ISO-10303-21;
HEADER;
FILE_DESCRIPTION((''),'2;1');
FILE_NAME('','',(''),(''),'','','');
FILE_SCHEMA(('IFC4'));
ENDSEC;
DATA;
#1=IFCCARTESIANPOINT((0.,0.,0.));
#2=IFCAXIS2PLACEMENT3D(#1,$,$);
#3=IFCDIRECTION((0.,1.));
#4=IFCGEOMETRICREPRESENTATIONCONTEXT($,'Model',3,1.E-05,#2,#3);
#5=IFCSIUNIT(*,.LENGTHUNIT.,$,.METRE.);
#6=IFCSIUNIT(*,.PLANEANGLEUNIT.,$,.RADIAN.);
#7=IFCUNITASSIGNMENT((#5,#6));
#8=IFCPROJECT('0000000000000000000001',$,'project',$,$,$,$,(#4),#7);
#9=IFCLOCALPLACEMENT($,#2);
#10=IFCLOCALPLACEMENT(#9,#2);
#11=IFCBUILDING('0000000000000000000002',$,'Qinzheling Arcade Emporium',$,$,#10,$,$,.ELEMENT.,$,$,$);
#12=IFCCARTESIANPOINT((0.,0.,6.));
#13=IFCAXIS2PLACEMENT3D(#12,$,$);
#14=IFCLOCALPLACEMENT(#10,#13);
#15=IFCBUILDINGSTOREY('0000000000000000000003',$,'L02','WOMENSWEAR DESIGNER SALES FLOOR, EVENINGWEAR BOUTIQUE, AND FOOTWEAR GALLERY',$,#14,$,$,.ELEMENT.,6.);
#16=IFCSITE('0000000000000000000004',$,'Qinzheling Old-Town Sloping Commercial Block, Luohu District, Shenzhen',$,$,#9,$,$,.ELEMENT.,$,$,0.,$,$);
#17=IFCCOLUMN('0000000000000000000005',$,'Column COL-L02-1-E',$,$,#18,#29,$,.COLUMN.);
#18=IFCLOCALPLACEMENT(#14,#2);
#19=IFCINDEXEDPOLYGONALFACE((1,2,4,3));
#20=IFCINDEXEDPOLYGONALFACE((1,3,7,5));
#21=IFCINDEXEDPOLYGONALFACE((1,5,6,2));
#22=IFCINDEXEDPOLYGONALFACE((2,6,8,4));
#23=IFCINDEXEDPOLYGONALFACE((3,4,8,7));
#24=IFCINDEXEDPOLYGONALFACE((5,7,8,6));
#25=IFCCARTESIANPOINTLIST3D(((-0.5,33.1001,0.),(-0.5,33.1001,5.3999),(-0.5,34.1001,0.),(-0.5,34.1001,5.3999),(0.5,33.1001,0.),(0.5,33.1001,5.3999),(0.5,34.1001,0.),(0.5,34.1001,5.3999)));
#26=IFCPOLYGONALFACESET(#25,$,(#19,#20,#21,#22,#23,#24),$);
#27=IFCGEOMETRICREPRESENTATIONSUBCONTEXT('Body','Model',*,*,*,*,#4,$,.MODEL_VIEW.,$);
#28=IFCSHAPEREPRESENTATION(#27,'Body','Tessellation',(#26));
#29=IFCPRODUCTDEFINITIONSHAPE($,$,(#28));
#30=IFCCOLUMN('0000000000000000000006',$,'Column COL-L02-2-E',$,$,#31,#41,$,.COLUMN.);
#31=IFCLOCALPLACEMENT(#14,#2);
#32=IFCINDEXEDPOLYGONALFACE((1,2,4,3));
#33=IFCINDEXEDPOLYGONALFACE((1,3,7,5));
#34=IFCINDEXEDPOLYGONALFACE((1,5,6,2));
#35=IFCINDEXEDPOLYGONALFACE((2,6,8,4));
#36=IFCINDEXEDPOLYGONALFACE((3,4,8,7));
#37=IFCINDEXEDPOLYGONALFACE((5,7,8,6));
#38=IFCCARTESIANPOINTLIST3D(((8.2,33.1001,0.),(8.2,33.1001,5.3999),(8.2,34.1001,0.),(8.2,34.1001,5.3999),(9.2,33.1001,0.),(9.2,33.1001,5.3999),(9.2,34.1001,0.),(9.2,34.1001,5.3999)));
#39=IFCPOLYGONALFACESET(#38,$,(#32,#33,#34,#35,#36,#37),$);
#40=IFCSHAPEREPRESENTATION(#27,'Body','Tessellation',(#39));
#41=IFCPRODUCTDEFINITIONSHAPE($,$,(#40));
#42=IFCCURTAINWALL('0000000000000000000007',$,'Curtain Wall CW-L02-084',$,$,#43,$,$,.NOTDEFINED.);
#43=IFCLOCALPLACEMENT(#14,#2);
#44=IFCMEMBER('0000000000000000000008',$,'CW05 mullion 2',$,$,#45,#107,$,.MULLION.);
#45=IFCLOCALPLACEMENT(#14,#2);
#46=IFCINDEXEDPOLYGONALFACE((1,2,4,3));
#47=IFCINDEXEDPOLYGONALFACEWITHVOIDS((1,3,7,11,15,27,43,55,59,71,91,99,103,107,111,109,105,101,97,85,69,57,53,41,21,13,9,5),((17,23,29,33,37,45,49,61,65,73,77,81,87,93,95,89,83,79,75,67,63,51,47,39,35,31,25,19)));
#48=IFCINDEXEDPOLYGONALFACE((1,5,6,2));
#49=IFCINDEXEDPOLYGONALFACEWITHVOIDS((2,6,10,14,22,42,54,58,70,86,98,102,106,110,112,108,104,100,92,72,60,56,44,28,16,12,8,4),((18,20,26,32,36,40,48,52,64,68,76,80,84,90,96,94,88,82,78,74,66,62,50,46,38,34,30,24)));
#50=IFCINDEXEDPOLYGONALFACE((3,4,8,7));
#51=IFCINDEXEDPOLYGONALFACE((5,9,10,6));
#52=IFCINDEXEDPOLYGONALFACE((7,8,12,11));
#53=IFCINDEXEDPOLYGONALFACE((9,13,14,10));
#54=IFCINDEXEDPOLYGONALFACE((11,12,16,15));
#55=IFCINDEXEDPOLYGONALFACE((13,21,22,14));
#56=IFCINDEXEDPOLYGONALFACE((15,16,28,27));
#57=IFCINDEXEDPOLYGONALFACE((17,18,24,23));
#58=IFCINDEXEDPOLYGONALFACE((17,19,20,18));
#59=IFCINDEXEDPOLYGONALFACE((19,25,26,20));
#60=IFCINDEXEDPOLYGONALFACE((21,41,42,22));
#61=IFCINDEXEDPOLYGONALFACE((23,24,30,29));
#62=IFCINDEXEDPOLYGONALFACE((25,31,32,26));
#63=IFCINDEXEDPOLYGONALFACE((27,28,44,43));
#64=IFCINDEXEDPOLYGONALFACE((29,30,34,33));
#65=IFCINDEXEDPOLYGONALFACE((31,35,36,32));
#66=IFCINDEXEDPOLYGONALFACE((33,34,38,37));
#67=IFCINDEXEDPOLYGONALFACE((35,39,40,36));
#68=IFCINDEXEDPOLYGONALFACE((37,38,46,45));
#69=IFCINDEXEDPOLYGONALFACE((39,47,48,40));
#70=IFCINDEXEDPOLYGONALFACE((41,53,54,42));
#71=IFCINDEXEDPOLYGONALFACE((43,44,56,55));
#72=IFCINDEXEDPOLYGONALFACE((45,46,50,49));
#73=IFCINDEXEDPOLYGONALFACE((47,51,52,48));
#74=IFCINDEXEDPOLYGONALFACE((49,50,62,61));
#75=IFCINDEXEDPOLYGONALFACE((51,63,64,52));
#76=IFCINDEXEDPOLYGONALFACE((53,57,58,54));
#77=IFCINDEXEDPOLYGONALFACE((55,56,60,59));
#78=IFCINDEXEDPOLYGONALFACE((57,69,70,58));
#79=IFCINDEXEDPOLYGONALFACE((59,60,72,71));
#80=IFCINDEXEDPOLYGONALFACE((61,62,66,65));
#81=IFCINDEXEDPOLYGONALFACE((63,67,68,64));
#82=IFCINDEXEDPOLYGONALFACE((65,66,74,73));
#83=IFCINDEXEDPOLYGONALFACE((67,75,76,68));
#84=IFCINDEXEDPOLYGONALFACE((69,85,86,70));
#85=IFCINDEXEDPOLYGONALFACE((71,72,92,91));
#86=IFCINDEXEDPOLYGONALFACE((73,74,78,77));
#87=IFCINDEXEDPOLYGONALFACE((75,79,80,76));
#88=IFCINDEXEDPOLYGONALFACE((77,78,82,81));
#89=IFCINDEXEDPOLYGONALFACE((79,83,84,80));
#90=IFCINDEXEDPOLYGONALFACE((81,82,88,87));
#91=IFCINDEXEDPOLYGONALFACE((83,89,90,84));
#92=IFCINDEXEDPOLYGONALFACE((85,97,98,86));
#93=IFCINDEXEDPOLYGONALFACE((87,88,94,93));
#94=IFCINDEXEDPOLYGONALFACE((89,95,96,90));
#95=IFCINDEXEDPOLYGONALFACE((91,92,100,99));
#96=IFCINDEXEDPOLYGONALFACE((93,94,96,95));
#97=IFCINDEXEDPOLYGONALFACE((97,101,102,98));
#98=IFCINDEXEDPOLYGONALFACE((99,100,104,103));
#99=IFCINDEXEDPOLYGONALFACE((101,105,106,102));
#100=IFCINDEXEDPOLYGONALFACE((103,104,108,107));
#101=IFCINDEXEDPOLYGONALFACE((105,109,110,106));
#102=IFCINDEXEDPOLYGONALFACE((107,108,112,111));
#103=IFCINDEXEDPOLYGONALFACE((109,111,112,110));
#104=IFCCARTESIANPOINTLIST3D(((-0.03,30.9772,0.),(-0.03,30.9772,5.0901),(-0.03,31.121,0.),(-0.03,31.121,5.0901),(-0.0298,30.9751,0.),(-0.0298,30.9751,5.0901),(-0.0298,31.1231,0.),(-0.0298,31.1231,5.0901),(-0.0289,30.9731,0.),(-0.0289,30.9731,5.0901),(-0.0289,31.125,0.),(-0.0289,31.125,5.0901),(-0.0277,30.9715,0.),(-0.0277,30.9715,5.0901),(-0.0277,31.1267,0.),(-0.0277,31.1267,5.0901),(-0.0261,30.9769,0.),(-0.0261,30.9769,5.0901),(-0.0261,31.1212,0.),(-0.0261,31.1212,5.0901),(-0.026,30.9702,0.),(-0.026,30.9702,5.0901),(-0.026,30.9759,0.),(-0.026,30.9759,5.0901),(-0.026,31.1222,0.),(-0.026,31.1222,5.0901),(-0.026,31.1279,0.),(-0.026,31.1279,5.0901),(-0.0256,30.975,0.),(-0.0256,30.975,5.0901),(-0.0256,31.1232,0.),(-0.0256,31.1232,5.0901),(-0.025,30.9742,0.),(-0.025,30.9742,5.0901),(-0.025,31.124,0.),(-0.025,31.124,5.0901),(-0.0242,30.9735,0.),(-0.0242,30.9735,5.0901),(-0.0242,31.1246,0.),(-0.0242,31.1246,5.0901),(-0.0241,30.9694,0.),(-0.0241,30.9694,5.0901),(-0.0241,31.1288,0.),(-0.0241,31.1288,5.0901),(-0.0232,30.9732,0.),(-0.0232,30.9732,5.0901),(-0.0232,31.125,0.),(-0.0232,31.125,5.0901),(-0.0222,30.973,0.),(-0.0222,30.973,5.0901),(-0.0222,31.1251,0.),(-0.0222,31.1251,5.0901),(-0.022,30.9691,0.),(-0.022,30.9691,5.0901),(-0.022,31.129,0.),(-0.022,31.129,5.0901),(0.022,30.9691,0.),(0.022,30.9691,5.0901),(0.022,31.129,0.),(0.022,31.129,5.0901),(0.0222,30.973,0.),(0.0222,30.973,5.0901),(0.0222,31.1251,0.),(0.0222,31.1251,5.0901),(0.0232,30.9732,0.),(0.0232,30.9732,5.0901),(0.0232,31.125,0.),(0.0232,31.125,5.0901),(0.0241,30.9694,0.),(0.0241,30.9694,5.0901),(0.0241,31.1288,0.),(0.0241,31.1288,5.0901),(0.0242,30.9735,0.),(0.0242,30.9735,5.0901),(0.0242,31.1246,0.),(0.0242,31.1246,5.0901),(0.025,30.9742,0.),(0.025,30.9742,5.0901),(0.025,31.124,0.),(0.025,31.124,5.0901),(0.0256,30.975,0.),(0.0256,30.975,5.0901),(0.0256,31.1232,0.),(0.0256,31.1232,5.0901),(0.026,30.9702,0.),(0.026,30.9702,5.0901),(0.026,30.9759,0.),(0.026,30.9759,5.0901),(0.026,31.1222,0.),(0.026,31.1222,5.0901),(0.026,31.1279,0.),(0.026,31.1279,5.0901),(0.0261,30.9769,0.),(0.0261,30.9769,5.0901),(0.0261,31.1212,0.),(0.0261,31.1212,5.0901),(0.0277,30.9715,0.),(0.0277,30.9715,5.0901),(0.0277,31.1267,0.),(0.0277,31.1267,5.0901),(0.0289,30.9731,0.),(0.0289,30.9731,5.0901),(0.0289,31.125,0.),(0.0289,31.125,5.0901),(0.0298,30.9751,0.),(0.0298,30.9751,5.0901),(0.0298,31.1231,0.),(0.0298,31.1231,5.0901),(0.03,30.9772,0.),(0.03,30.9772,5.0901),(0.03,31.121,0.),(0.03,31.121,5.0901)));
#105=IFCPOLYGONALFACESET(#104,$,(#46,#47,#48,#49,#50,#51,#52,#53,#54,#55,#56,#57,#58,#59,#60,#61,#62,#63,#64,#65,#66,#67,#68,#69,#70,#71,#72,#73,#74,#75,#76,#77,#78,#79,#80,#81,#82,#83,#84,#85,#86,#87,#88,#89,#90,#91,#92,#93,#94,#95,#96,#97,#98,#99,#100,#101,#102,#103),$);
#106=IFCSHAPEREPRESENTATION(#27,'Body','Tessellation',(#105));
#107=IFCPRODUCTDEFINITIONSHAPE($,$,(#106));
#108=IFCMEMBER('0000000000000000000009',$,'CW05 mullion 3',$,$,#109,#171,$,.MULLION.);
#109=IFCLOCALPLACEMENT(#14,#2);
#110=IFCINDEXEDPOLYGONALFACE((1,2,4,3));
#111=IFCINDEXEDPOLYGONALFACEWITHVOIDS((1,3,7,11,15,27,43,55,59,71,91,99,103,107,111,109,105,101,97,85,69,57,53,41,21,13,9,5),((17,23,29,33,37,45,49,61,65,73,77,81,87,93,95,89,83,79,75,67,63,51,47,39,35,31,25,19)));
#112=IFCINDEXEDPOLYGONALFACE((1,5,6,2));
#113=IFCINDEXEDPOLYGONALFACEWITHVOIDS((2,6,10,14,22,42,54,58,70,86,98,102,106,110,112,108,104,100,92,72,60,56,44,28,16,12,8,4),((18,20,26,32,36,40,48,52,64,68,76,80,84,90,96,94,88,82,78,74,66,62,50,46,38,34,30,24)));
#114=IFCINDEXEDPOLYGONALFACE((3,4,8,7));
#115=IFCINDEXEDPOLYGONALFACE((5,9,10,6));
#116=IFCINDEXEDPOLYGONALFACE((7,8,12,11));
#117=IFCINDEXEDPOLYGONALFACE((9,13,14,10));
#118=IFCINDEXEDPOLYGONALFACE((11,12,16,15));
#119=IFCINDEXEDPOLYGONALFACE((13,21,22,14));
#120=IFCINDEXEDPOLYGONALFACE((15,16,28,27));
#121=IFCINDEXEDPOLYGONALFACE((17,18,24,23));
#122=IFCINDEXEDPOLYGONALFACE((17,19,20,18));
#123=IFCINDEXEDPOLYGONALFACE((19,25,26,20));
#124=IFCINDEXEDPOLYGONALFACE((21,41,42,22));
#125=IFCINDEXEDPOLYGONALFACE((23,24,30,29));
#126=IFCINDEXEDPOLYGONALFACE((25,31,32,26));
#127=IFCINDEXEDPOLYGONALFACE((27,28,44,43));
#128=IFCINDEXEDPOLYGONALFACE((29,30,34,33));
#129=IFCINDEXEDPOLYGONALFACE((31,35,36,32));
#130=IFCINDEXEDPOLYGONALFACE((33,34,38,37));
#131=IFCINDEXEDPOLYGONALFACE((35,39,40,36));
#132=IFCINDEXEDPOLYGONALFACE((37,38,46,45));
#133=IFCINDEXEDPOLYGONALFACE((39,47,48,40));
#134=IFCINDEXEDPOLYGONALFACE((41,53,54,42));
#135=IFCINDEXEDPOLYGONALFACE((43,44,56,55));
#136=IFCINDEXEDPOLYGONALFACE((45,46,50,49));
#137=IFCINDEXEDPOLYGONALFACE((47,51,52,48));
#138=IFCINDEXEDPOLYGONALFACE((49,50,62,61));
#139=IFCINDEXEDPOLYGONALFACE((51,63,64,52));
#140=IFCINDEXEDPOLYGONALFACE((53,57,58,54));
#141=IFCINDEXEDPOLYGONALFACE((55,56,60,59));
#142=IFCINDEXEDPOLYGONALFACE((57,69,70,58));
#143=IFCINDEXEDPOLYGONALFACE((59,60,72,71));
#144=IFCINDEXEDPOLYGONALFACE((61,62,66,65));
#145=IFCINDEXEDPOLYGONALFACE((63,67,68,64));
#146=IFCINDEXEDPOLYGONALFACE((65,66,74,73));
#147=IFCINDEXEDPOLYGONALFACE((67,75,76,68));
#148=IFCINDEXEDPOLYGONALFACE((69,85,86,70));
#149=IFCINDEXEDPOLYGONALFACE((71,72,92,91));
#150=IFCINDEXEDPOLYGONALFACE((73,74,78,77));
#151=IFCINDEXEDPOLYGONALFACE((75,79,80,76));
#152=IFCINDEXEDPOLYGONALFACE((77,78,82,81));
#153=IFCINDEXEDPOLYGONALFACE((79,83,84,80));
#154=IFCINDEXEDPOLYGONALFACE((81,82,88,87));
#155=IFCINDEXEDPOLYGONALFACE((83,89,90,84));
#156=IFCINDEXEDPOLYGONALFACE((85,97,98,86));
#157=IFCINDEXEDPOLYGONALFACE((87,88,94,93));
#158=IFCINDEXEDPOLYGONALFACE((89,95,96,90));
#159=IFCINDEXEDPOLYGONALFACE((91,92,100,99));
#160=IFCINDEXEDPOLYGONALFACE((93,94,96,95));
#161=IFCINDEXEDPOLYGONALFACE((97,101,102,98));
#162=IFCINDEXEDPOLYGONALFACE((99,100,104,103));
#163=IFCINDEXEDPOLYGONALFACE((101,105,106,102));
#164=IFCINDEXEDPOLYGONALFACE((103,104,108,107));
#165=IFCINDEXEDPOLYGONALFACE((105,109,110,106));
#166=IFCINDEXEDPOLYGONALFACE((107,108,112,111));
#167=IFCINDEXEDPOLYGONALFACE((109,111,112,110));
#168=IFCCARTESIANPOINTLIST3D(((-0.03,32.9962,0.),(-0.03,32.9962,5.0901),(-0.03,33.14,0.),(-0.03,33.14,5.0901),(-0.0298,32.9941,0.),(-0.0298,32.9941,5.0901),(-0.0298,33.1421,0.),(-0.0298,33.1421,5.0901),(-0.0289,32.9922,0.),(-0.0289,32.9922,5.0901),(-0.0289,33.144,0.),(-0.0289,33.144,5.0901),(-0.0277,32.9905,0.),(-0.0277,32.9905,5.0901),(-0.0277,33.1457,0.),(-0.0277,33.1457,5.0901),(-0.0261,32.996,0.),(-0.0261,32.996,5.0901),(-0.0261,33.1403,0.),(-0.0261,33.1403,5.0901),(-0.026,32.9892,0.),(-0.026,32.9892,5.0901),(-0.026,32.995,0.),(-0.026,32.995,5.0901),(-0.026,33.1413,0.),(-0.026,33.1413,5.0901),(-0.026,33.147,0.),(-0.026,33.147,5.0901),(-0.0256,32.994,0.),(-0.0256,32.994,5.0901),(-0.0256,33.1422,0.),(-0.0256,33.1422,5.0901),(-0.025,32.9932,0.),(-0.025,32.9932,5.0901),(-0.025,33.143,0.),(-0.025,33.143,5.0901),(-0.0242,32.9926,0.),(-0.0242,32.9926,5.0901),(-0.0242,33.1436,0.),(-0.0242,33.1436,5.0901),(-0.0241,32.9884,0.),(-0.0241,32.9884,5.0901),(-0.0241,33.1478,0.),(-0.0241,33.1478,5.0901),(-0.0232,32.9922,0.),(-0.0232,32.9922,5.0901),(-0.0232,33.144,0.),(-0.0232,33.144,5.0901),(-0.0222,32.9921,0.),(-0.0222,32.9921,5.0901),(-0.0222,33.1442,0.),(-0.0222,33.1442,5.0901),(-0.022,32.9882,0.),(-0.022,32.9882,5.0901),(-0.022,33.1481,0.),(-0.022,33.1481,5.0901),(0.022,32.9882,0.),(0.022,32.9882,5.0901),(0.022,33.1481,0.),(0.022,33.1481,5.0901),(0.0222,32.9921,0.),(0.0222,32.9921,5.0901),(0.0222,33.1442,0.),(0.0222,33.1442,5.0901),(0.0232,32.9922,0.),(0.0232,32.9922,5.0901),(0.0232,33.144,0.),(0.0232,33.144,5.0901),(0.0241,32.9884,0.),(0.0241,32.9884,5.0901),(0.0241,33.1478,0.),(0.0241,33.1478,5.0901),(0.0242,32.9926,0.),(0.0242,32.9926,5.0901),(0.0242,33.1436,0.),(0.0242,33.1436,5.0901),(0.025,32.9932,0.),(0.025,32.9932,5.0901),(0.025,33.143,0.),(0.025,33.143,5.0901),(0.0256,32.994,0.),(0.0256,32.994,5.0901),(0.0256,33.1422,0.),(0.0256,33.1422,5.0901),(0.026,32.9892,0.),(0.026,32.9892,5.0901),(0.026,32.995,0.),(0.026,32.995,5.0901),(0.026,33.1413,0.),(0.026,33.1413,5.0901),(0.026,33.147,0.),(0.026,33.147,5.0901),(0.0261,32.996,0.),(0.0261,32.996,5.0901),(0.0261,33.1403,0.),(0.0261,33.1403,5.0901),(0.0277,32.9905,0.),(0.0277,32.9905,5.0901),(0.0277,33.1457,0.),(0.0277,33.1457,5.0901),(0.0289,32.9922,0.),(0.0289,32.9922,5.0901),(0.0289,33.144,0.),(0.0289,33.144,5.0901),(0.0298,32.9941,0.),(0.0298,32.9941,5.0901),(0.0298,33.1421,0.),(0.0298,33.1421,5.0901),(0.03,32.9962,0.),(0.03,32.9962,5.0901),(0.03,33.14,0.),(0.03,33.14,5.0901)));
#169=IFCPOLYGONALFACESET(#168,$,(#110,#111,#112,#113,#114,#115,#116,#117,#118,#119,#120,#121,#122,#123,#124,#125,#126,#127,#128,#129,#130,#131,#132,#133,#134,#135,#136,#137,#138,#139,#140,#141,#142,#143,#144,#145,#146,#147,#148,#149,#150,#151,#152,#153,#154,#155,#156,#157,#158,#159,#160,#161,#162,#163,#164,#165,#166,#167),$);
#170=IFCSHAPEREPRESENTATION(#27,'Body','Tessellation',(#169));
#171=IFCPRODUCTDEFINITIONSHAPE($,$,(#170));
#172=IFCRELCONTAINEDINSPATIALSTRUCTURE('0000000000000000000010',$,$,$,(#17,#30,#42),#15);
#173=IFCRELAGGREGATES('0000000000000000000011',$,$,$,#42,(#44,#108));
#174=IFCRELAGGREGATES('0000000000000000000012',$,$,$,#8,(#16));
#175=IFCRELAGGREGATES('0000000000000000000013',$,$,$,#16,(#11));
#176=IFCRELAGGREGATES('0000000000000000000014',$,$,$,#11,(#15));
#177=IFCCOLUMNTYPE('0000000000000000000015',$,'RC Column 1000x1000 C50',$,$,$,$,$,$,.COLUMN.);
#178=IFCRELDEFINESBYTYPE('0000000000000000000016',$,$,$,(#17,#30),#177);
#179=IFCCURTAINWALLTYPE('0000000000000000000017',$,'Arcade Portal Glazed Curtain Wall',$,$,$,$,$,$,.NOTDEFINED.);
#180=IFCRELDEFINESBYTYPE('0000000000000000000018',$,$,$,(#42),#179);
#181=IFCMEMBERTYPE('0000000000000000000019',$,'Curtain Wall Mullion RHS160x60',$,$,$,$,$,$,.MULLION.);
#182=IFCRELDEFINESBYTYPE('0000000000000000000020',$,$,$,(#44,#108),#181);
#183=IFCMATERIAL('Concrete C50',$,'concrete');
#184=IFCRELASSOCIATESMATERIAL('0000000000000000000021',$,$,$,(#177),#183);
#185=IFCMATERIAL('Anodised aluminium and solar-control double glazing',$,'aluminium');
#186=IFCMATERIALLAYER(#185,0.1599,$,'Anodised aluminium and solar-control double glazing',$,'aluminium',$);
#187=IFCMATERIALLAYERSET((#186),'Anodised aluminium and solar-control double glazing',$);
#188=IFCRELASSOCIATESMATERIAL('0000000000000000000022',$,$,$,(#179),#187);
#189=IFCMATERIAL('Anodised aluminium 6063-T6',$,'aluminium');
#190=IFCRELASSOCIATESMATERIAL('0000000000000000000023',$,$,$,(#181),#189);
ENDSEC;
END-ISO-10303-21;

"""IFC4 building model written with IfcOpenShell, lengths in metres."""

from ifc_helpers import new_model, si_unit, direction, frame, origin, origin_2d, place, context, subcontext, project, spatial, rectangle, hollow_rectangle, extrude, material, layer, layer_set, material_profile, profile_set, type_object, element, aggregate, save


model = new_model("IFC4")

# Units and contexts
model_context = context("Model", 3, precision=1e-05, world=origin(), true_north=direction((0.0, 1.0)))
body_context = subcontext(model_context, "Body", "Model", "MODEL_VIEW")
ifc_project = project(units=[si_unit("LENGTHUNIT", "METRE"), si_unit("PLANEANGLEUNIT", "RADIAN")], contexts=[model_context])

# Site, building, storey
site_placement = place(None, origin())
site = spatial("IfcSite", under=ifc_project, at=site_placement, Name="Qinzheling Old-Town Sloping Commercial Block, Luohu District, Shenzhen", CompositionType="ELEMENT", RefElevation=0.0)
building_placement = place(site_placement, origin())
building = spatial("IfcBuilding", under=site, at=building_placement, Name="Qinzheling Arcade Emporium", CompositionType="ELEMENT")
storey_placement = place(building_placement, frame((0.0, 0.0, 6.0)))
storey = spatial("IfcBuildingStorey", under=building, at=storey_placement, Name="L02", Description="WOMENSWEAR DESIGNER SALES FLOOR, EVENINGWEAR BOUTIQUE, AND FOOTWEAR GALLERY", CompositionType="ELEMENT", Elevation=6.0)

# Columns
ifc_material_1 = material(Name="Concrete C50", Category="concrete")
ifc_material_profile_1 = material_profile(ifc_material_1, rectangle(XDim=1.0, YDim=1.0, at=origin_2d()), Name="RC 1000x1000", Category="concrete")
ifc_profile_set_1 = profile_set([ifc_material_profile_1], Name="Concrete C50")
column_type = type_object("IfcColumnType", Name="RC Column 1000x1000 C50", PredefinedType="COLUMN", material=ifc_profile_set_1)
for number, where, z_axis, x_axis, name in (
    (1, (0.0, 33.6001, 0.0), (0.0, 0.0, 1.0), (1.0, 0.0, 0.0), "Column COL-L02-1-E"),
    (2, (8.7, 33.6001, 0.0), (0.0, 0.0, 1.0), (1.0, 0.0, 0.0), "Column COL-L02-2-E"),
):
    element("IfcColumn", number, at=place(storey_placement, frame(where, z_axis=z_axis, x_axis=x_axis)), inside=storey, type_object=column_type, Name=name, PredefinedType="COLUMN", context=body_context, shape_type="SweptSolid", body=[
        extrude(rectangle(XDim=1.0, YDim=1.0, at=origin_2d()), origin(), (0.0, 0.0, 1.0), 5.3999),
    ])

# Curtain wall, members
ifc_material_2 = material(Name="Anodised aluminium and solar-control double glazing", Category="aluminium")
ifc_layer_1 = layer(ifc_material_2, 0.1599, Name="Anodised aluminium and solar-control double glazing", Category="aluminium")
ifc_layer_set_1 = layer_set([ifc_layer_1], Name="Anodised aluminium and solar-control double glazing")
curtain_wall_type = type_object("IfcCurtainWallType", Name="Arcade Portal Glazed Curtain Wall", PredefinedType="NOTDEFINED", material=ifc_layer_set_1)
curtain_wall_placement = place(storey_placement, origin())
curtain_wall = element("IfcCurtainWall", 3, at=curtain_wall_placement, inside=storey, type_object=curtain_wall_type, Name="Curtain Wall CW-L02-084", PredefinedType="NOTDEFINED")
ifc_material_3 = material(Name="Anodised aluminium 6063-T6", Category="aluminium")
ifc_material_profile_2 = material_profile(ifc_material_3, hollow_rectangle(XDim=0.0601, YDim=0.1599, WallThickness=0.0039, InnerFilletRadius=0.0039, OuterFilletRadius=0.0081, at=origin_2d()), Name="RHS 160x60x4", Category="aluminium")
ifc_profile_set_2 = profile_set([ifc_material_profile_2], Name="Anodised aluminium 6063-T6")
member_type_1 = type_object("IfcMemberType", Name="Curtain Wall Mullion RHS160x60", PredefinedType="MULLION", material=ifc_profile_set_2)
member_1_placement = place(storey_placement, frame((0.0, 31.0491, 0.0), z_axis=(0.0, 0.0, 1.0), x_axis=(-1.0, 0.0, 0.0)))
member_1 = element("IfcMember", 4, at=member_1_placement, type_object=member_type_1, Name="CW05 mullion 2", PredefinedType="MULLION", context=body_context, shape_type="SweptSolid", body=[
    extrude(hollow_rectangle(XDim=0.0601, YDim=0.1599, WallThickness=0.0039, InnerFilletRadius=0.0039, OuterFilletRadius=0.0081, at=origin_2d()), origin(), (0.0, 0.0, 1.0), 5.0901),
])
member_2_placement = place(storey_placement, frame((0.0, 33.0681, 0.0), z_axis=(0.0, 0.0, 1.0), x_axis=(-1.0, 0.0, 0.0)))
member_2 = element("IfcMember", 5, at=member_2_placement, type_object=member_type_1, Name="CW05 mullion 3", PredefinedType="MULLION", context=body_context, shape_type="SweptSolid", body=[
    extrude(hollow_rectangle(XDim=0.0601, YDim=0.1599, WallThickness=0.0039, InnerFilletRadius=0.0039, OuterFilletRadius=0.0081, at=origin_2d()), origin(), (0.0, 0.0, 1.0), 5.0901),
])

aggregate(curtain_wall, [member_1, member_2])

save(model, "model.ifc")
